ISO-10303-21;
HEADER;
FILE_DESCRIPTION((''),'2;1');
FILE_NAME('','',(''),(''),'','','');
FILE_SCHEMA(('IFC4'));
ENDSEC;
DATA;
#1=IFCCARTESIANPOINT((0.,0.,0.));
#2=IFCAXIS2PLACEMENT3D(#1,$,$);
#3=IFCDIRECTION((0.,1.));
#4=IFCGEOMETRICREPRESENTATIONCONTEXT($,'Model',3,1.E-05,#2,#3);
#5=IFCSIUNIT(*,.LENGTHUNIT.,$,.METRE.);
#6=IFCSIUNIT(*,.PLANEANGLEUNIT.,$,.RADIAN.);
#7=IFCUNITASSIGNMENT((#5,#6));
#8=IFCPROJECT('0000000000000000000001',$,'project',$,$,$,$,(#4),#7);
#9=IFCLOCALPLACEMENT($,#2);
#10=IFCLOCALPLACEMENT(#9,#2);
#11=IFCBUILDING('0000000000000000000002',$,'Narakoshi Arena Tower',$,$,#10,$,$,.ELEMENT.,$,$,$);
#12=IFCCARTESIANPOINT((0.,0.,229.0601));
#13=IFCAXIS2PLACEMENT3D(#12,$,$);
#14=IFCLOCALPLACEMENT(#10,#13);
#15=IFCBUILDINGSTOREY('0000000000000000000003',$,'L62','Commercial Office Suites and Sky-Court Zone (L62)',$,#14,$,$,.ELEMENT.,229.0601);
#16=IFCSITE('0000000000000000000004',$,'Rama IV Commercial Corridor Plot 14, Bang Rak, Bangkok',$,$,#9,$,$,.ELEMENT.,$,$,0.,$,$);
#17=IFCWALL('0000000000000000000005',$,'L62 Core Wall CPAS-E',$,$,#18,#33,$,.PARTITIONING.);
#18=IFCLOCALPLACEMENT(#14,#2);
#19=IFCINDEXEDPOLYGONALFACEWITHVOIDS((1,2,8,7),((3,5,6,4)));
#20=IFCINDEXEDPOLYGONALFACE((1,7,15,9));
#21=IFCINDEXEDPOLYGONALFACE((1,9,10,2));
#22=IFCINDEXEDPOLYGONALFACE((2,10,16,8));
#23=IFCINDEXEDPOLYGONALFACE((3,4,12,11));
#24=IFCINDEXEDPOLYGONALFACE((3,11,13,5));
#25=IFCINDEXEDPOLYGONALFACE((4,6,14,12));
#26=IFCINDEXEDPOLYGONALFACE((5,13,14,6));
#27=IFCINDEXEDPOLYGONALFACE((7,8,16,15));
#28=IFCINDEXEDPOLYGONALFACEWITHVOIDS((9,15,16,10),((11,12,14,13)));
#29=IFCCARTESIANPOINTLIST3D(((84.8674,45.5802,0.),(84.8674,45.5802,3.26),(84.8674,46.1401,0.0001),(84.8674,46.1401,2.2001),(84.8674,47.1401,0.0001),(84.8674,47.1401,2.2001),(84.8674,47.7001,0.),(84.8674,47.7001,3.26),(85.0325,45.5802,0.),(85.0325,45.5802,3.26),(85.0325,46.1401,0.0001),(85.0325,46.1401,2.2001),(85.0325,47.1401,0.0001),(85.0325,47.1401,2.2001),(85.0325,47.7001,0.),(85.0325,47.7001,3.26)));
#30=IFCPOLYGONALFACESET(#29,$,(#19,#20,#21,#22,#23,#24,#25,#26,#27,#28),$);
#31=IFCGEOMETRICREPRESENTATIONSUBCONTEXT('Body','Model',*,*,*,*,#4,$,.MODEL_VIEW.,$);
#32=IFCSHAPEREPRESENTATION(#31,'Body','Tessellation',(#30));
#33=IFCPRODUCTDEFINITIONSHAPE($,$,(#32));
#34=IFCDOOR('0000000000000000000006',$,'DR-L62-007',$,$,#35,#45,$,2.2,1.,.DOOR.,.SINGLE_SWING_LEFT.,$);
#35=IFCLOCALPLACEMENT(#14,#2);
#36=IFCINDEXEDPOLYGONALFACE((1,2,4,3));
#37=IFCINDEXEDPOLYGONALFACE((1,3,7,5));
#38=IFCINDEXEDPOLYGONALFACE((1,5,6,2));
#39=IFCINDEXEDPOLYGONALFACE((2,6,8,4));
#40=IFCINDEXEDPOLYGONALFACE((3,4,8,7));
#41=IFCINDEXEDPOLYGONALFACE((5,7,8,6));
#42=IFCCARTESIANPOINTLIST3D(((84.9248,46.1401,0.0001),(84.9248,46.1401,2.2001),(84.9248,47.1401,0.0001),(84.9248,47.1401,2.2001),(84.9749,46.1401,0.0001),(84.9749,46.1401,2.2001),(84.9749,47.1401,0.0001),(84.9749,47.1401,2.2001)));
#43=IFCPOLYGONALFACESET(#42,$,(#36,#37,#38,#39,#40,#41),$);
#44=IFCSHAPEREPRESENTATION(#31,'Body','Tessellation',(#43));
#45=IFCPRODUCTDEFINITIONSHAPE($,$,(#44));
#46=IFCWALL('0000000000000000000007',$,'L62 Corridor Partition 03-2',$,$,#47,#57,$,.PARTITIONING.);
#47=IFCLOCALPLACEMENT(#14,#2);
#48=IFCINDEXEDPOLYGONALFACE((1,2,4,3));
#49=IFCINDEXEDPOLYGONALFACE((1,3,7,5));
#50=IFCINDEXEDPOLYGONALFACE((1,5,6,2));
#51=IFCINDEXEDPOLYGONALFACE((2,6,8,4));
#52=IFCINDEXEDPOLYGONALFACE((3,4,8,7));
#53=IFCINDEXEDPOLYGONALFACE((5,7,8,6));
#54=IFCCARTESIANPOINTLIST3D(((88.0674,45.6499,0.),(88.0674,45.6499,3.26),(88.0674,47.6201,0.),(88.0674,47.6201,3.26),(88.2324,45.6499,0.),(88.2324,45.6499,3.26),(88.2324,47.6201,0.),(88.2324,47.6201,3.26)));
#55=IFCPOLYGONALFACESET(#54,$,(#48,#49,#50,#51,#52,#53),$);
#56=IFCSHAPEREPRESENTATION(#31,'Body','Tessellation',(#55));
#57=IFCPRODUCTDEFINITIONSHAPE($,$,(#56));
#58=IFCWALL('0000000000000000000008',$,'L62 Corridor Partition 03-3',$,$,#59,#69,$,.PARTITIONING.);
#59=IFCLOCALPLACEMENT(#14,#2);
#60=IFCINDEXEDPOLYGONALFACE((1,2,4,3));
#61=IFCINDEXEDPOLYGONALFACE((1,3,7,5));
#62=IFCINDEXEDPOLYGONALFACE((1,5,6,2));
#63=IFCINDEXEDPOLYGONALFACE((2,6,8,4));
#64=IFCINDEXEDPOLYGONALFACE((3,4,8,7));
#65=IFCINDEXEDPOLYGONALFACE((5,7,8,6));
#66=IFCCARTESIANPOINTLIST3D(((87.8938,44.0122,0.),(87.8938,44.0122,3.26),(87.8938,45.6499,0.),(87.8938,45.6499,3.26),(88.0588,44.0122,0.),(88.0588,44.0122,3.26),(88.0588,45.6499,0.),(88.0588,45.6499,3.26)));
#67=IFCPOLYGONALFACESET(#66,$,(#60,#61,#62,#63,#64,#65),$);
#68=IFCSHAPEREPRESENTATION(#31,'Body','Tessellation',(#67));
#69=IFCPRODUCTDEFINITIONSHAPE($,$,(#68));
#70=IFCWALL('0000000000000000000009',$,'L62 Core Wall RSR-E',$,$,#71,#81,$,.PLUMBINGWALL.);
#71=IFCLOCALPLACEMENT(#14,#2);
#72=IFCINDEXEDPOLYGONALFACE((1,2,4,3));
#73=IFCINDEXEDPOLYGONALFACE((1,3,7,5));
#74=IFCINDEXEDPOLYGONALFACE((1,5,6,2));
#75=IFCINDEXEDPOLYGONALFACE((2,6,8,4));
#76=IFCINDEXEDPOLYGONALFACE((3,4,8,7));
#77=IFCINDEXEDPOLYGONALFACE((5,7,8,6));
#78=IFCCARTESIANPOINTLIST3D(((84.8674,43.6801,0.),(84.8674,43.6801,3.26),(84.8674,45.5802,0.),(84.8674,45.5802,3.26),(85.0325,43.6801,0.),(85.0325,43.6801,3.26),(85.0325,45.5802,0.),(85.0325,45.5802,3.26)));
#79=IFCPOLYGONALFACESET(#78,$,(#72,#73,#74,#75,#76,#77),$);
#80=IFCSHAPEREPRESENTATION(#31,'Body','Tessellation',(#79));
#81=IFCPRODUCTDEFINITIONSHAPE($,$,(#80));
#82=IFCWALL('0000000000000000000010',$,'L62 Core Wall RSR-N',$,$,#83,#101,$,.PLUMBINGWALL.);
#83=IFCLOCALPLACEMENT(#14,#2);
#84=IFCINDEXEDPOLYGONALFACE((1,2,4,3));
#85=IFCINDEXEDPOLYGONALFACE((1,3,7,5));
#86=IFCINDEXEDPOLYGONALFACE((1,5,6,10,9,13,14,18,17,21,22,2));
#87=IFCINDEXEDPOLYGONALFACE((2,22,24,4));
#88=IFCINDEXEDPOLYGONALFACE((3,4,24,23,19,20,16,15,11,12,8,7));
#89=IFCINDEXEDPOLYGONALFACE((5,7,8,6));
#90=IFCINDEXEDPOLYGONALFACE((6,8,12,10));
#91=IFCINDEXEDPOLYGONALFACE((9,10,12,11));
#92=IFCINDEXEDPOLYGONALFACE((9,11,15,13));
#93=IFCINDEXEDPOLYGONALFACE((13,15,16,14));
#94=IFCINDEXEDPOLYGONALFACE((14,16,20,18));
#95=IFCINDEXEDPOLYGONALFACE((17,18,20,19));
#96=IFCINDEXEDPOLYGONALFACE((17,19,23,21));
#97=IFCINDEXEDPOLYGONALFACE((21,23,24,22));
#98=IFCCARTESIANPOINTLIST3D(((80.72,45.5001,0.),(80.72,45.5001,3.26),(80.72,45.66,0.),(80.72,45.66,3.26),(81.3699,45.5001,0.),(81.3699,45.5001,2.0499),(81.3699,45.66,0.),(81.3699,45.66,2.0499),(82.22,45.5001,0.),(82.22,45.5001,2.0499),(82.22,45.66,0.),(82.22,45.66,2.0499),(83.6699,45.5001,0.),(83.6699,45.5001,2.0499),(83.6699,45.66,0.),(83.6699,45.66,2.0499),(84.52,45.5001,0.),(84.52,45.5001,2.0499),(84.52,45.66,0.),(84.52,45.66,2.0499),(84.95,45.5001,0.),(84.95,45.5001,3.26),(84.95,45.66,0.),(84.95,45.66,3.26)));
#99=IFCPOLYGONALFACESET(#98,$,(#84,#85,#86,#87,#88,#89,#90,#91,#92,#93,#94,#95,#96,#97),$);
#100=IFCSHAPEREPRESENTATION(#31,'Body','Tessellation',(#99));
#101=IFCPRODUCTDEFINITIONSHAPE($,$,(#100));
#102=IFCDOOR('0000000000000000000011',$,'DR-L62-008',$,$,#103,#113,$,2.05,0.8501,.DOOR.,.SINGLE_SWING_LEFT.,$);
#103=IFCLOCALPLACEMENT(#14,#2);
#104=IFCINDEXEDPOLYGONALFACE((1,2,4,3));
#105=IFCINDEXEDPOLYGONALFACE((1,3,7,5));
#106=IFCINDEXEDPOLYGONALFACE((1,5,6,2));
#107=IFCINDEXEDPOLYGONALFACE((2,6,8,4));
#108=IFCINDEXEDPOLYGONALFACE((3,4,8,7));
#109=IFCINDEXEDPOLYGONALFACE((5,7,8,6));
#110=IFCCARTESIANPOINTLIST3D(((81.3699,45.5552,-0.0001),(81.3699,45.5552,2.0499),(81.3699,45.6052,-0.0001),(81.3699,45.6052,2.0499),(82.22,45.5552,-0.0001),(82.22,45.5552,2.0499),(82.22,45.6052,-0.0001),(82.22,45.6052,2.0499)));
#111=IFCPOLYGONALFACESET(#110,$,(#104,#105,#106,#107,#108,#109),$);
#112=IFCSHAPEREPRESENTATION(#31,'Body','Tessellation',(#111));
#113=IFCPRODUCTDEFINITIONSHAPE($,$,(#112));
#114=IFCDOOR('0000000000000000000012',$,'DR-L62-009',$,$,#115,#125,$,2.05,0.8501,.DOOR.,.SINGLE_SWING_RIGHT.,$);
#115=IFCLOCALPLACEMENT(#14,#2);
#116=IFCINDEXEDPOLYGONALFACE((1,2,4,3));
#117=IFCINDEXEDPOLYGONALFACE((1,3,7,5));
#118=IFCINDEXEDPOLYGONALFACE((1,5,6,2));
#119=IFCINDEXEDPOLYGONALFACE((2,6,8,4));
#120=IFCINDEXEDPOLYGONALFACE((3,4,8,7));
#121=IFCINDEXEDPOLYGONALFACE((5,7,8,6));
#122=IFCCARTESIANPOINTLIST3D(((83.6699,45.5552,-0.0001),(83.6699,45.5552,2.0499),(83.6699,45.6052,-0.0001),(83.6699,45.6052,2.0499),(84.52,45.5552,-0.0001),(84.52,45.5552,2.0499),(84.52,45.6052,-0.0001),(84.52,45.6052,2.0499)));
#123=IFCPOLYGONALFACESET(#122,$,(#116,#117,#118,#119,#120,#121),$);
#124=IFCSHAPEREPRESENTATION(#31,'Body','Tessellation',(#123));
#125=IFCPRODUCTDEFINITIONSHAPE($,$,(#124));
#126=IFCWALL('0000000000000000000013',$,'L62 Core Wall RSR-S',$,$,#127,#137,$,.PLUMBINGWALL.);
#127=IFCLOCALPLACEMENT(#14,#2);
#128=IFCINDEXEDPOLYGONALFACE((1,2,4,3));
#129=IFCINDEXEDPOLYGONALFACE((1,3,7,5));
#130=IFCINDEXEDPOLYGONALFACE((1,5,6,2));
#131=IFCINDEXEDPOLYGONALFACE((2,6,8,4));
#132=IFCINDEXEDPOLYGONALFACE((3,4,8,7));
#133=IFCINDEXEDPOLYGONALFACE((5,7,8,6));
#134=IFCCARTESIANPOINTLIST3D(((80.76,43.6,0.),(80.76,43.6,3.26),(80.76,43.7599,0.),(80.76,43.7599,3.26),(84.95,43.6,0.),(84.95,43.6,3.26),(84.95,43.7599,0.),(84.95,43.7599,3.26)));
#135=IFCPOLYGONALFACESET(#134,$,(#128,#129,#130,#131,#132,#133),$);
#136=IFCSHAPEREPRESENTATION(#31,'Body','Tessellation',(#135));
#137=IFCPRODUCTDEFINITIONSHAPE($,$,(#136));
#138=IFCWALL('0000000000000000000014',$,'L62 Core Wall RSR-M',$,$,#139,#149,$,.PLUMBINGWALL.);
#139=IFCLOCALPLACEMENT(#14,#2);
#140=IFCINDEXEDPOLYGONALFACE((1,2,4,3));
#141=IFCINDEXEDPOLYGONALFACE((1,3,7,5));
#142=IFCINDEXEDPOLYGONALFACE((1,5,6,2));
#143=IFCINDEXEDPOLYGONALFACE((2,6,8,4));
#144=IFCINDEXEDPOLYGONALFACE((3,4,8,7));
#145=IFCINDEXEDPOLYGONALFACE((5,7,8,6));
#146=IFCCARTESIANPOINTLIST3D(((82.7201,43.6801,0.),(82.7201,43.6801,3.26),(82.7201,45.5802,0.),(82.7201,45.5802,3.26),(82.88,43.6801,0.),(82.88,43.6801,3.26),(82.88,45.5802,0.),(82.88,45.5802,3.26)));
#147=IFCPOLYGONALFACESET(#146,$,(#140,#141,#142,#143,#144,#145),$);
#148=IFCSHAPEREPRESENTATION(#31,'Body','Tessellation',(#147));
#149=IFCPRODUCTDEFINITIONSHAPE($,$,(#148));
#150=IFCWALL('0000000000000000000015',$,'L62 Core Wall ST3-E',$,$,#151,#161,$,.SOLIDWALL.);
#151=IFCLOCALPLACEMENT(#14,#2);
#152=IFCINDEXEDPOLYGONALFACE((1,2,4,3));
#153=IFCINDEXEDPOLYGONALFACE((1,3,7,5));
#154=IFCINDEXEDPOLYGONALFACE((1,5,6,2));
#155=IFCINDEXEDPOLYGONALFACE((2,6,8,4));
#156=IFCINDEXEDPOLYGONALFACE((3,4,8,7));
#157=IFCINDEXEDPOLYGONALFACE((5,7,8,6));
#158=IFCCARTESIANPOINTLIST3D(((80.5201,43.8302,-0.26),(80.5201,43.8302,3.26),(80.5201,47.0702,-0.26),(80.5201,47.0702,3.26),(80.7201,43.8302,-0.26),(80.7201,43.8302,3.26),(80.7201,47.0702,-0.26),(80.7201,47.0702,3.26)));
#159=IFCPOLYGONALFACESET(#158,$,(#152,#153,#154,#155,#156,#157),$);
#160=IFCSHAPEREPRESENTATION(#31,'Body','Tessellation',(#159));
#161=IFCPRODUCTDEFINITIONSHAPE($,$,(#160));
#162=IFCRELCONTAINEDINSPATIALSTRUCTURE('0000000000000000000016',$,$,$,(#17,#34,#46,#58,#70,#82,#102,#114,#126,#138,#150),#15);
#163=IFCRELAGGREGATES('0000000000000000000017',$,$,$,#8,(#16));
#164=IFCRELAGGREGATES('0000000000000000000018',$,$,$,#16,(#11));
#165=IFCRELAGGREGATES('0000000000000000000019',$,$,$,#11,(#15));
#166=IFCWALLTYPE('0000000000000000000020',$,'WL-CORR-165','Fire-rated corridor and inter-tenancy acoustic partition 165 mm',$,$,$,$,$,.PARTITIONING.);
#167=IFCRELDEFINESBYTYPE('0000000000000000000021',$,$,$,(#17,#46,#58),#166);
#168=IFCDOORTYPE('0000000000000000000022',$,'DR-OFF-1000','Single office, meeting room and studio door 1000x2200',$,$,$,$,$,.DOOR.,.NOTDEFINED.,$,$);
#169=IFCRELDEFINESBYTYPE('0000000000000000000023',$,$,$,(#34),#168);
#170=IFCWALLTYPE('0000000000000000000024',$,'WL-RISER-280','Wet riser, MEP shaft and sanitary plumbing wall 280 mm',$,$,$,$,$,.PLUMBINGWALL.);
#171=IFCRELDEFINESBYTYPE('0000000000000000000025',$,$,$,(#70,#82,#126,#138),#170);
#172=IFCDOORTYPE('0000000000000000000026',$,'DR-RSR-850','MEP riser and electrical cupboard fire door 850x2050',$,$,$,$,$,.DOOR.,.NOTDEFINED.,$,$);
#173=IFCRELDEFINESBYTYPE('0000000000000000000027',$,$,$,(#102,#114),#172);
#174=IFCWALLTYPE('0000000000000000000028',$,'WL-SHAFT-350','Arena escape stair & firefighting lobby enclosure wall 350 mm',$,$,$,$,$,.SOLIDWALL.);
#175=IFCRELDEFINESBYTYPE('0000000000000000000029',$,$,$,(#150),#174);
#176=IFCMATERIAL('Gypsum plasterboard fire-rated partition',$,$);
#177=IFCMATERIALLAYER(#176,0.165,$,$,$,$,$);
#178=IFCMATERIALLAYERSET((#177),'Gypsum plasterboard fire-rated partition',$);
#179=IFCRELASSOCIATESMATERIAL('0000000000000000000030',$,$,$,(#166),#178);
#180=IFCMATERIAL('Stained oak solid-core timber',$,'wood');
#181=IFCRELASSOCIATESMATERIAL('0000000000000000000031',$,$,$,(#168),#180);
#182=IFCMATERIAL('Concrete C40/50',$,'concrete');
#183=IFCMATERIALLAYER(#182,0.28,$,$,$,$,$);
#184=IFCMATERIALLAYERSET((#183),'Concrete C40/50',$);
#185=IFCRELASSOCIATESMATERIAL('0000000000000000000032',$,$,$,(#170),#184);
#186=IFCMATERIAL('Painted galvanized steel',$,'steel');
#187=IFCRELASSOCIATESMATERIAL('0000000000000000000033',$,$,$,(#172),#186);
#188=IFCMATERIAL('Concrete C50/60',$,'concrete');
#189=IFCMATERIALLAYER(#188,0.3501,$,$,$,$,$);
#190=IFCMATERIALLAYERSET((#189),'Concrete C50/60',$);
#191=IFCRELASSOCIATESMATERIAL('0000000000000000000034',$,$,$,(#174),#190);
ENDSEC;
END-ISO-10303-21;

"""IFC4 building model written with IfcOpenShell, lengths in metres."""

from ifc_helpers import new_model, si_unit, direction, frame, frame_2d, origin, place, context, subcontext, project, spatial, rectangle, extrude, material, layer, layer_set, type_object, element, fill, save


model = new_model("IFC4")

# Units and contexts
model_context = context("Model", 3, precision=1e-05, world=origin(), true_north=direction((0.0, 1.0)))
body_context = subcontext(model_context, "Body", "Model", "MODEL_VIEW")
ifc_project = project(units=[si_unit("LENGTHUNIT", "METRE"), si_unit("PLANEANGLEUNIT", "RADIAN")], contexts=[model_context])

# Site, building, storey
site_placement = place(None, origin())
site = spatial("IfcSite", under=ifc_project, at=site_placement, Name="Rama IV Commercial Corridor Plot 14, Bang Rak, Bangkok", CompositionType="ELEMENT", RefElevation=0.0)
building_placement = place(site_placement, origin())
building = spatial("IfcBuilding", under=site, at=building_placement, Name="Narakoshi Arena Tower", CompositionType="ELEMENT")
storey_placement = place(building_placement, frame((0.0, 0.0, 229.0601)))
storey = spatial("IfcBuildingStorey", under=building, at=storey_placement, Name="L62", Description="Commercial Office Suites and Sky-Court Zone (L62)", CompositionType="ELEMENT", Elevation=229.0601)

# Shared definitions
ifc_material_1 = material(Name="Concrete C50/60", Category="concrete")

# Wall, opening, door
ifc_material_2 = material(Name="Gypsum plasterboard fire-rated partition")
ifc_layer_1 = layer(ifc_material_2, 0.165)
ifc_layer_set_1 = layer_set([ifc_layer_1], Name="Gypsum plasterboard fire-rated partition")
wall_type_1 = type_object("IfcWallType", Name="WL-CORR-165", Description="Fire-rated corridor and inter-tenancy acoustic partition 165 mm", PredefinedType="PARTITIONING", material=ifc_layer_set_1)
wall_1_placement = place(storey_placement, frame((84.95, 45.5801, 0.0), z_axis=(0.0, 0.0, 1.0), x_axis=(0.0, 1.0, 0.0)))
wall_1 = element("IfcWall", 1, at=wall_1_placement, inside=storey, type_object=wall_type_1, Name="L62 Core Wall CPAS-E", PredefinedType="PARTITIONING", context=body_context, shape_type="SweptSolid", body=[
    extrude(rectangle(XDim=2.1199, YDim=0.165, at=frame_2d((1.0601, 0.0))), origin(), (0.0, 0.0, 1.0), 3.26),
])
opening_1_placement = place(wall_1_placement, frame((0.5601, 0.0, 0.0)))
opening_1 = element("IfcOpeningElement", 2, at=opening_1_placement, cuts=wall_1, PredefinedType="OPENING", context=body_context, shape_type="SweptSolid", body=[
    extrude(rectangle(XDim=1.0, YDim=2.2, at=frame_2d((0.5, 1.1001))), frame((0.0, 0.0925, 0.0), z_axis=(0.0, -1.0, 0.0), x_axis=(1.0, 0.0, 0.0)), (0.0, 0.0, 1.0), 0.1851),
])
ifc_material_3 = material(Name="Stained oak solid-core timber", Category="wood")
door_type_1 = type_object("IfcDoorType", Name="DR-OFF-1000", Description="Single office, meeting room and studio door 1000x2200", OperationType="NOTDEFINED", PredefinedType="DOOR", material=ifc_material_3)
door_1_placement = place(opening_1_placement, frame((1.0, 0.0, 0.0), z_axis=(0.0, 0.0, 1.0), x_axis=(-1.0, 0.0, 0.0)))
door_1 = element("IfcDoor", 3, at=door_1_placement, inside=storey, type_object=door_type_1, Name="DR-L62-007", OperationType="SINGLE_SWING_LEFT", OverallHeight=2.2, OverallWidth=1.0, PredefinedType="DOOR", context=body_context, shape_type="SweptSolid", body=[
    extrude(rectangle(XDim=1.0, YDim=2.2, at=frame_2d((0.5, 1.1001))), frame((0.0, 0.0249, 0.0), z_axis=(0.0, -1.0, 0.0), x_axis=(1.0, 0.0, 0.0)), (0.0, 0.0, 1.0), 0.05),
])
fill(opening_1, door_1)

# Walls
wall_2_placement = place(storey_placement, frame((88.1499, 45.6499, 0.0), z_axis=(0.0, 0.0, 1.0), x_axis=(0.0, 1.0, 0.0)))
element("IfcWall", 4, at=wall_2_placement, inside=storey, type_object=wall_type_1, Name="L62 Corridor Partition 03-2", PredefinedType="PARTITIONING", context=body_context, shape_type="SweptSolid", body=[
    extrude(rectangle(XDim=1.9702, YDim=0.165, at=frame_2d((0.9851, 0.0))), origin(), (0.0, 0.0, 1.0), 3.26),
])
wall_3_placement = place(storey_placement, frame((87.9763, 44.0122, 0.0), z_axis=(0.0, 0.0, 1.0), x_axis=(0.0, 1.0, 0.0)))
element("IfcWall", 5, at=wall_3_placement, inside=storey, type_object=wall_type_1, Name="L62 Corridor Partition 03-3", PredefinedType="PARTITIONING", context=body_context, shape_type="SweptSolid", body=[
    extrude(rectangle(XDim=1.6377, YDim=0.165, at=frame_2d((0.8188, 0.0))), origin(), (0.0, 0.0, 1.0), 3.26),
])
ifc_material_4 = material(Name="Concrete C40/50", Category="concrete")
ifc_layer_2 = layer(ifc_material_4, 0.28)
ifc_layer_set_2 = layer_set([ifc_layer_2], Name="Concrete C40/50")
wall_type_2 = type_object("IfcWallType", Name="WL-RISER-280", Description="Wet riser, MEP shaft and sanitary plumbing wall 280 mm", PredefinedType="PLUMBINGWALL", material=ifc_layer_set_2)
wall_4_placement = place(storey_placement, frame((84.95, 43.6799, 0.0), z_axis=(0.0, 0.0, 1.0), x_axis=(0.0, 1.0, 0.0)))
element("IfcWall", 6, at=wall_4_placement, inside=storey, type_object=wall_type_2, Name="L62 Core Wall RSR-E", PredefinedType="PLUMBINGWALL", context=body_context, shape_type="SweptSolid", body=[
    extrude(rectangle(XDim=1.9001, YDim=0.165, at=frame_2d((0.9502, 0.0))), origin(), (0.0, 0.0, 1.0), 3.26),
])

# Wall, openings, doors
wall_5_placement = place(storey_placement, frame((80.72, 45.5801, 0.0), z_axis=(0.0, 0.0, 1.0), x_axis=(1.0, 0.0, 0.0)))
wall_5 = element("IfcWall", 7, at=wall_5_placement, inside=storey, type_object=wall_type_2, Name="L62 Core Wall RSR-N", PredefinedType="PLUMBINGWALL", context=body_context, shape_type="SweptSolid", body=[
    extrude(rectangle(XDim=4.23, YDim=0.1599, at=frame_2d((2.115, 0.0))), origin(), (0.0, 0.0, 1.0), 3.26),
])
opening_2_placement = place(wall_5_placement, frame((0.6499, 0.0, 0.0)))
opening_2 = element("IfcOpeningElement", 8, at=opening_2_placement, cuts=wall_5, PredefinedType="OPENING", context=body_context, shape_type="SweptSolid", body=[
    extrude(rectangle(XDim=0.8501, YDim=2.05, at=frame_2d((0.425, 1.0249))), frame((0.0, 0.0898, 0.0), z_axis=(0.0, -1.0, 0.0), x_axis=(1.0, 0.0, 0.0)), (0.0, 0.0, 1.0), 0.1799),
])
opening_3_placement = place(wall_5_placement, frame((2.95, 0.0, 0.0)))
opening_3 = element("IfcOpeningElement", 9, at=opening_3_placement, cuts=wall_5, PredefinedType="OPENING", context=body_context, shape_type="SweptSolid", body=[
    extrude(rectangle(XDim=0.8501, YDim=2.05, at=frame_2d((0.425, 1.0249))), frame((0.0, 0.0898, 0.0), z_axis=(0.0, -1.0, 0.0), x_axis=(1.0, 0.0, 0.0)), (0.0, 0.0, 1.0), 0.1799),
])
ifc_material_5 = material(Name="Painted galvanized steel", Category="steel")
door_type_2 = type_object("IfcDoorType", Name="DR-RSR-850", Description="MEP riser and electrical cupboard fire door 850x2050", OperationType="NOTDEFINED", PredefinedType="DOOR", material=ifc_material_5)
door_2_placement = place(opening_2_placement, frame((0.8501, 0.0, 0.0), z_axis=(0.0, 0.0, 1.0), x_axis=(-1.0, 0.0, 0.0)))
door_2 = element("IfcDoor", 10, at=door_2_placement, inside=storey, type_object=door_type_2, Name="DR-L62-008", OperationType="SINGLE_SWING_LEFT", OverallHeight=2.05, OverallWidth=0.8501, PredefinedType="DOOR", context=body_context, shape_type="SweptSolid", body=[
    extrude(rectangle(XDim=0.8501, YDim=2.05, at=frame_2d((0.425, 1.0249))), frame((0.0, 0.0249, 0.0), z_axis=(0.0, -1.0, 0.0), x_axis=(1.0, 0.0, 0.0)), (0.0, 0.0, 1.0), 0.05),
])
fill(opening_2, door_2)
door_3_placement = place(opening_3_placement, frame((0.8501, 0.0, 0.0), z_axis=(0.0, 0.0, 1.0), x_axis=(-1.0, 0.0, 0.0)))
door_3 = element("IfcDoor", 11, at=door_3_placement, inside=storey, type_object=door_type_2, Name="DR-L62-009", OperationType="SINGLE_SWING_RIGHT", OverallHeight=2.05, OverallWidth=0.8501, PredefinedType="DOOR", context=body_context, shape_type="SweptSolid", body=[
    extrude(rectangle(XDim=0.8501, YDim=2.05, at=frame_2d((0.425, 1.0249))), frame((0.0, 0.0249, 0.0), z_axis=(0.0, -1.0, 0.0), x_axis=(1.0, 0.0, 0.0)), (0.0, 0.0, 1.0), 0.05),
])
fill(opening_3, door_3)

# Walls
wall_6_placement = place(storey_placement, frame((80.76, 43.6799, 0.0), z_axis=(0.0, 0.0, 1.0), x_axis=(1.0, 0.0, 0.0)))
element("IfcWall", 12, at=wall_6_placement, inside=storey, type_object=wall_type_2, Name="L62 Core Wall RSR-S", PredefinedType="PLUMBINGWALL", context=body_context, shape_type="SweptSolid", body=[
    extrude(rectangle(XDim=4.1899, YDim=0.1599, at=frame_2d((2.095, 0.0))), origin(), (0.0, 0.0, 1.0), 3.26),
])
wall_7_placement = place(storey_placement, frame((82.8, 43.6799, 0.0), z_axis=(0.0, 0.0, 1.0), x_axis=(0.0, 1.0, 0.0)))
element("IfcWall", 13, at=wall_7_placement, inside=storey, type_object=wall_type_2, Name="L62 Core Wall RSR-M", PredefinedType="PLUMBINGWALL", context=body_context, shape_type="SweptSolid", body=[
    extrude(rectangle(XDim=1.9001, YDim=0.1599, at=frame_2d((0.9502, 0.0))), origin(), (0.0, 0.0, 1.0), 3.26),
])
ifc_layer_3 = layer(ifc_material_1, 0.3501)
ifc_layer_set_3 = layer_set([ifc_layer_3], Name="Concrete C50/60")
wall_type_3 = type_object("IfcWallType", Name="WL-SHAFT-350", Description="Arena escape stair & firefighting lobby enclosure wall 350 mm", PredefinedType="SOLIDWALL", material=ifc_layer_set_3)
wall_8_placement = place(storey_placement, frame((80.6201, 43.8301, -0.26), z_axis=(0.0, 0.0, 1.0), x_axis=(0.0, 1.0, 0.0)))
element("IfcWall", 14, at=wall_8_placement, inside=storey, type_object=wall_type_3, Name="L62 Core Wall ST3-E", PredefinedType="SOLIDWALL", context=body_context, shape_type="SweptSolid", body=[
    extrude(rectangle(XDim=3.24, YDim=0.2, at=frame_2d((1.6201, 0.0))), origin(), (0.0, 0.0, 1.0), 3.52),
])

save(model, "model.ifc")
